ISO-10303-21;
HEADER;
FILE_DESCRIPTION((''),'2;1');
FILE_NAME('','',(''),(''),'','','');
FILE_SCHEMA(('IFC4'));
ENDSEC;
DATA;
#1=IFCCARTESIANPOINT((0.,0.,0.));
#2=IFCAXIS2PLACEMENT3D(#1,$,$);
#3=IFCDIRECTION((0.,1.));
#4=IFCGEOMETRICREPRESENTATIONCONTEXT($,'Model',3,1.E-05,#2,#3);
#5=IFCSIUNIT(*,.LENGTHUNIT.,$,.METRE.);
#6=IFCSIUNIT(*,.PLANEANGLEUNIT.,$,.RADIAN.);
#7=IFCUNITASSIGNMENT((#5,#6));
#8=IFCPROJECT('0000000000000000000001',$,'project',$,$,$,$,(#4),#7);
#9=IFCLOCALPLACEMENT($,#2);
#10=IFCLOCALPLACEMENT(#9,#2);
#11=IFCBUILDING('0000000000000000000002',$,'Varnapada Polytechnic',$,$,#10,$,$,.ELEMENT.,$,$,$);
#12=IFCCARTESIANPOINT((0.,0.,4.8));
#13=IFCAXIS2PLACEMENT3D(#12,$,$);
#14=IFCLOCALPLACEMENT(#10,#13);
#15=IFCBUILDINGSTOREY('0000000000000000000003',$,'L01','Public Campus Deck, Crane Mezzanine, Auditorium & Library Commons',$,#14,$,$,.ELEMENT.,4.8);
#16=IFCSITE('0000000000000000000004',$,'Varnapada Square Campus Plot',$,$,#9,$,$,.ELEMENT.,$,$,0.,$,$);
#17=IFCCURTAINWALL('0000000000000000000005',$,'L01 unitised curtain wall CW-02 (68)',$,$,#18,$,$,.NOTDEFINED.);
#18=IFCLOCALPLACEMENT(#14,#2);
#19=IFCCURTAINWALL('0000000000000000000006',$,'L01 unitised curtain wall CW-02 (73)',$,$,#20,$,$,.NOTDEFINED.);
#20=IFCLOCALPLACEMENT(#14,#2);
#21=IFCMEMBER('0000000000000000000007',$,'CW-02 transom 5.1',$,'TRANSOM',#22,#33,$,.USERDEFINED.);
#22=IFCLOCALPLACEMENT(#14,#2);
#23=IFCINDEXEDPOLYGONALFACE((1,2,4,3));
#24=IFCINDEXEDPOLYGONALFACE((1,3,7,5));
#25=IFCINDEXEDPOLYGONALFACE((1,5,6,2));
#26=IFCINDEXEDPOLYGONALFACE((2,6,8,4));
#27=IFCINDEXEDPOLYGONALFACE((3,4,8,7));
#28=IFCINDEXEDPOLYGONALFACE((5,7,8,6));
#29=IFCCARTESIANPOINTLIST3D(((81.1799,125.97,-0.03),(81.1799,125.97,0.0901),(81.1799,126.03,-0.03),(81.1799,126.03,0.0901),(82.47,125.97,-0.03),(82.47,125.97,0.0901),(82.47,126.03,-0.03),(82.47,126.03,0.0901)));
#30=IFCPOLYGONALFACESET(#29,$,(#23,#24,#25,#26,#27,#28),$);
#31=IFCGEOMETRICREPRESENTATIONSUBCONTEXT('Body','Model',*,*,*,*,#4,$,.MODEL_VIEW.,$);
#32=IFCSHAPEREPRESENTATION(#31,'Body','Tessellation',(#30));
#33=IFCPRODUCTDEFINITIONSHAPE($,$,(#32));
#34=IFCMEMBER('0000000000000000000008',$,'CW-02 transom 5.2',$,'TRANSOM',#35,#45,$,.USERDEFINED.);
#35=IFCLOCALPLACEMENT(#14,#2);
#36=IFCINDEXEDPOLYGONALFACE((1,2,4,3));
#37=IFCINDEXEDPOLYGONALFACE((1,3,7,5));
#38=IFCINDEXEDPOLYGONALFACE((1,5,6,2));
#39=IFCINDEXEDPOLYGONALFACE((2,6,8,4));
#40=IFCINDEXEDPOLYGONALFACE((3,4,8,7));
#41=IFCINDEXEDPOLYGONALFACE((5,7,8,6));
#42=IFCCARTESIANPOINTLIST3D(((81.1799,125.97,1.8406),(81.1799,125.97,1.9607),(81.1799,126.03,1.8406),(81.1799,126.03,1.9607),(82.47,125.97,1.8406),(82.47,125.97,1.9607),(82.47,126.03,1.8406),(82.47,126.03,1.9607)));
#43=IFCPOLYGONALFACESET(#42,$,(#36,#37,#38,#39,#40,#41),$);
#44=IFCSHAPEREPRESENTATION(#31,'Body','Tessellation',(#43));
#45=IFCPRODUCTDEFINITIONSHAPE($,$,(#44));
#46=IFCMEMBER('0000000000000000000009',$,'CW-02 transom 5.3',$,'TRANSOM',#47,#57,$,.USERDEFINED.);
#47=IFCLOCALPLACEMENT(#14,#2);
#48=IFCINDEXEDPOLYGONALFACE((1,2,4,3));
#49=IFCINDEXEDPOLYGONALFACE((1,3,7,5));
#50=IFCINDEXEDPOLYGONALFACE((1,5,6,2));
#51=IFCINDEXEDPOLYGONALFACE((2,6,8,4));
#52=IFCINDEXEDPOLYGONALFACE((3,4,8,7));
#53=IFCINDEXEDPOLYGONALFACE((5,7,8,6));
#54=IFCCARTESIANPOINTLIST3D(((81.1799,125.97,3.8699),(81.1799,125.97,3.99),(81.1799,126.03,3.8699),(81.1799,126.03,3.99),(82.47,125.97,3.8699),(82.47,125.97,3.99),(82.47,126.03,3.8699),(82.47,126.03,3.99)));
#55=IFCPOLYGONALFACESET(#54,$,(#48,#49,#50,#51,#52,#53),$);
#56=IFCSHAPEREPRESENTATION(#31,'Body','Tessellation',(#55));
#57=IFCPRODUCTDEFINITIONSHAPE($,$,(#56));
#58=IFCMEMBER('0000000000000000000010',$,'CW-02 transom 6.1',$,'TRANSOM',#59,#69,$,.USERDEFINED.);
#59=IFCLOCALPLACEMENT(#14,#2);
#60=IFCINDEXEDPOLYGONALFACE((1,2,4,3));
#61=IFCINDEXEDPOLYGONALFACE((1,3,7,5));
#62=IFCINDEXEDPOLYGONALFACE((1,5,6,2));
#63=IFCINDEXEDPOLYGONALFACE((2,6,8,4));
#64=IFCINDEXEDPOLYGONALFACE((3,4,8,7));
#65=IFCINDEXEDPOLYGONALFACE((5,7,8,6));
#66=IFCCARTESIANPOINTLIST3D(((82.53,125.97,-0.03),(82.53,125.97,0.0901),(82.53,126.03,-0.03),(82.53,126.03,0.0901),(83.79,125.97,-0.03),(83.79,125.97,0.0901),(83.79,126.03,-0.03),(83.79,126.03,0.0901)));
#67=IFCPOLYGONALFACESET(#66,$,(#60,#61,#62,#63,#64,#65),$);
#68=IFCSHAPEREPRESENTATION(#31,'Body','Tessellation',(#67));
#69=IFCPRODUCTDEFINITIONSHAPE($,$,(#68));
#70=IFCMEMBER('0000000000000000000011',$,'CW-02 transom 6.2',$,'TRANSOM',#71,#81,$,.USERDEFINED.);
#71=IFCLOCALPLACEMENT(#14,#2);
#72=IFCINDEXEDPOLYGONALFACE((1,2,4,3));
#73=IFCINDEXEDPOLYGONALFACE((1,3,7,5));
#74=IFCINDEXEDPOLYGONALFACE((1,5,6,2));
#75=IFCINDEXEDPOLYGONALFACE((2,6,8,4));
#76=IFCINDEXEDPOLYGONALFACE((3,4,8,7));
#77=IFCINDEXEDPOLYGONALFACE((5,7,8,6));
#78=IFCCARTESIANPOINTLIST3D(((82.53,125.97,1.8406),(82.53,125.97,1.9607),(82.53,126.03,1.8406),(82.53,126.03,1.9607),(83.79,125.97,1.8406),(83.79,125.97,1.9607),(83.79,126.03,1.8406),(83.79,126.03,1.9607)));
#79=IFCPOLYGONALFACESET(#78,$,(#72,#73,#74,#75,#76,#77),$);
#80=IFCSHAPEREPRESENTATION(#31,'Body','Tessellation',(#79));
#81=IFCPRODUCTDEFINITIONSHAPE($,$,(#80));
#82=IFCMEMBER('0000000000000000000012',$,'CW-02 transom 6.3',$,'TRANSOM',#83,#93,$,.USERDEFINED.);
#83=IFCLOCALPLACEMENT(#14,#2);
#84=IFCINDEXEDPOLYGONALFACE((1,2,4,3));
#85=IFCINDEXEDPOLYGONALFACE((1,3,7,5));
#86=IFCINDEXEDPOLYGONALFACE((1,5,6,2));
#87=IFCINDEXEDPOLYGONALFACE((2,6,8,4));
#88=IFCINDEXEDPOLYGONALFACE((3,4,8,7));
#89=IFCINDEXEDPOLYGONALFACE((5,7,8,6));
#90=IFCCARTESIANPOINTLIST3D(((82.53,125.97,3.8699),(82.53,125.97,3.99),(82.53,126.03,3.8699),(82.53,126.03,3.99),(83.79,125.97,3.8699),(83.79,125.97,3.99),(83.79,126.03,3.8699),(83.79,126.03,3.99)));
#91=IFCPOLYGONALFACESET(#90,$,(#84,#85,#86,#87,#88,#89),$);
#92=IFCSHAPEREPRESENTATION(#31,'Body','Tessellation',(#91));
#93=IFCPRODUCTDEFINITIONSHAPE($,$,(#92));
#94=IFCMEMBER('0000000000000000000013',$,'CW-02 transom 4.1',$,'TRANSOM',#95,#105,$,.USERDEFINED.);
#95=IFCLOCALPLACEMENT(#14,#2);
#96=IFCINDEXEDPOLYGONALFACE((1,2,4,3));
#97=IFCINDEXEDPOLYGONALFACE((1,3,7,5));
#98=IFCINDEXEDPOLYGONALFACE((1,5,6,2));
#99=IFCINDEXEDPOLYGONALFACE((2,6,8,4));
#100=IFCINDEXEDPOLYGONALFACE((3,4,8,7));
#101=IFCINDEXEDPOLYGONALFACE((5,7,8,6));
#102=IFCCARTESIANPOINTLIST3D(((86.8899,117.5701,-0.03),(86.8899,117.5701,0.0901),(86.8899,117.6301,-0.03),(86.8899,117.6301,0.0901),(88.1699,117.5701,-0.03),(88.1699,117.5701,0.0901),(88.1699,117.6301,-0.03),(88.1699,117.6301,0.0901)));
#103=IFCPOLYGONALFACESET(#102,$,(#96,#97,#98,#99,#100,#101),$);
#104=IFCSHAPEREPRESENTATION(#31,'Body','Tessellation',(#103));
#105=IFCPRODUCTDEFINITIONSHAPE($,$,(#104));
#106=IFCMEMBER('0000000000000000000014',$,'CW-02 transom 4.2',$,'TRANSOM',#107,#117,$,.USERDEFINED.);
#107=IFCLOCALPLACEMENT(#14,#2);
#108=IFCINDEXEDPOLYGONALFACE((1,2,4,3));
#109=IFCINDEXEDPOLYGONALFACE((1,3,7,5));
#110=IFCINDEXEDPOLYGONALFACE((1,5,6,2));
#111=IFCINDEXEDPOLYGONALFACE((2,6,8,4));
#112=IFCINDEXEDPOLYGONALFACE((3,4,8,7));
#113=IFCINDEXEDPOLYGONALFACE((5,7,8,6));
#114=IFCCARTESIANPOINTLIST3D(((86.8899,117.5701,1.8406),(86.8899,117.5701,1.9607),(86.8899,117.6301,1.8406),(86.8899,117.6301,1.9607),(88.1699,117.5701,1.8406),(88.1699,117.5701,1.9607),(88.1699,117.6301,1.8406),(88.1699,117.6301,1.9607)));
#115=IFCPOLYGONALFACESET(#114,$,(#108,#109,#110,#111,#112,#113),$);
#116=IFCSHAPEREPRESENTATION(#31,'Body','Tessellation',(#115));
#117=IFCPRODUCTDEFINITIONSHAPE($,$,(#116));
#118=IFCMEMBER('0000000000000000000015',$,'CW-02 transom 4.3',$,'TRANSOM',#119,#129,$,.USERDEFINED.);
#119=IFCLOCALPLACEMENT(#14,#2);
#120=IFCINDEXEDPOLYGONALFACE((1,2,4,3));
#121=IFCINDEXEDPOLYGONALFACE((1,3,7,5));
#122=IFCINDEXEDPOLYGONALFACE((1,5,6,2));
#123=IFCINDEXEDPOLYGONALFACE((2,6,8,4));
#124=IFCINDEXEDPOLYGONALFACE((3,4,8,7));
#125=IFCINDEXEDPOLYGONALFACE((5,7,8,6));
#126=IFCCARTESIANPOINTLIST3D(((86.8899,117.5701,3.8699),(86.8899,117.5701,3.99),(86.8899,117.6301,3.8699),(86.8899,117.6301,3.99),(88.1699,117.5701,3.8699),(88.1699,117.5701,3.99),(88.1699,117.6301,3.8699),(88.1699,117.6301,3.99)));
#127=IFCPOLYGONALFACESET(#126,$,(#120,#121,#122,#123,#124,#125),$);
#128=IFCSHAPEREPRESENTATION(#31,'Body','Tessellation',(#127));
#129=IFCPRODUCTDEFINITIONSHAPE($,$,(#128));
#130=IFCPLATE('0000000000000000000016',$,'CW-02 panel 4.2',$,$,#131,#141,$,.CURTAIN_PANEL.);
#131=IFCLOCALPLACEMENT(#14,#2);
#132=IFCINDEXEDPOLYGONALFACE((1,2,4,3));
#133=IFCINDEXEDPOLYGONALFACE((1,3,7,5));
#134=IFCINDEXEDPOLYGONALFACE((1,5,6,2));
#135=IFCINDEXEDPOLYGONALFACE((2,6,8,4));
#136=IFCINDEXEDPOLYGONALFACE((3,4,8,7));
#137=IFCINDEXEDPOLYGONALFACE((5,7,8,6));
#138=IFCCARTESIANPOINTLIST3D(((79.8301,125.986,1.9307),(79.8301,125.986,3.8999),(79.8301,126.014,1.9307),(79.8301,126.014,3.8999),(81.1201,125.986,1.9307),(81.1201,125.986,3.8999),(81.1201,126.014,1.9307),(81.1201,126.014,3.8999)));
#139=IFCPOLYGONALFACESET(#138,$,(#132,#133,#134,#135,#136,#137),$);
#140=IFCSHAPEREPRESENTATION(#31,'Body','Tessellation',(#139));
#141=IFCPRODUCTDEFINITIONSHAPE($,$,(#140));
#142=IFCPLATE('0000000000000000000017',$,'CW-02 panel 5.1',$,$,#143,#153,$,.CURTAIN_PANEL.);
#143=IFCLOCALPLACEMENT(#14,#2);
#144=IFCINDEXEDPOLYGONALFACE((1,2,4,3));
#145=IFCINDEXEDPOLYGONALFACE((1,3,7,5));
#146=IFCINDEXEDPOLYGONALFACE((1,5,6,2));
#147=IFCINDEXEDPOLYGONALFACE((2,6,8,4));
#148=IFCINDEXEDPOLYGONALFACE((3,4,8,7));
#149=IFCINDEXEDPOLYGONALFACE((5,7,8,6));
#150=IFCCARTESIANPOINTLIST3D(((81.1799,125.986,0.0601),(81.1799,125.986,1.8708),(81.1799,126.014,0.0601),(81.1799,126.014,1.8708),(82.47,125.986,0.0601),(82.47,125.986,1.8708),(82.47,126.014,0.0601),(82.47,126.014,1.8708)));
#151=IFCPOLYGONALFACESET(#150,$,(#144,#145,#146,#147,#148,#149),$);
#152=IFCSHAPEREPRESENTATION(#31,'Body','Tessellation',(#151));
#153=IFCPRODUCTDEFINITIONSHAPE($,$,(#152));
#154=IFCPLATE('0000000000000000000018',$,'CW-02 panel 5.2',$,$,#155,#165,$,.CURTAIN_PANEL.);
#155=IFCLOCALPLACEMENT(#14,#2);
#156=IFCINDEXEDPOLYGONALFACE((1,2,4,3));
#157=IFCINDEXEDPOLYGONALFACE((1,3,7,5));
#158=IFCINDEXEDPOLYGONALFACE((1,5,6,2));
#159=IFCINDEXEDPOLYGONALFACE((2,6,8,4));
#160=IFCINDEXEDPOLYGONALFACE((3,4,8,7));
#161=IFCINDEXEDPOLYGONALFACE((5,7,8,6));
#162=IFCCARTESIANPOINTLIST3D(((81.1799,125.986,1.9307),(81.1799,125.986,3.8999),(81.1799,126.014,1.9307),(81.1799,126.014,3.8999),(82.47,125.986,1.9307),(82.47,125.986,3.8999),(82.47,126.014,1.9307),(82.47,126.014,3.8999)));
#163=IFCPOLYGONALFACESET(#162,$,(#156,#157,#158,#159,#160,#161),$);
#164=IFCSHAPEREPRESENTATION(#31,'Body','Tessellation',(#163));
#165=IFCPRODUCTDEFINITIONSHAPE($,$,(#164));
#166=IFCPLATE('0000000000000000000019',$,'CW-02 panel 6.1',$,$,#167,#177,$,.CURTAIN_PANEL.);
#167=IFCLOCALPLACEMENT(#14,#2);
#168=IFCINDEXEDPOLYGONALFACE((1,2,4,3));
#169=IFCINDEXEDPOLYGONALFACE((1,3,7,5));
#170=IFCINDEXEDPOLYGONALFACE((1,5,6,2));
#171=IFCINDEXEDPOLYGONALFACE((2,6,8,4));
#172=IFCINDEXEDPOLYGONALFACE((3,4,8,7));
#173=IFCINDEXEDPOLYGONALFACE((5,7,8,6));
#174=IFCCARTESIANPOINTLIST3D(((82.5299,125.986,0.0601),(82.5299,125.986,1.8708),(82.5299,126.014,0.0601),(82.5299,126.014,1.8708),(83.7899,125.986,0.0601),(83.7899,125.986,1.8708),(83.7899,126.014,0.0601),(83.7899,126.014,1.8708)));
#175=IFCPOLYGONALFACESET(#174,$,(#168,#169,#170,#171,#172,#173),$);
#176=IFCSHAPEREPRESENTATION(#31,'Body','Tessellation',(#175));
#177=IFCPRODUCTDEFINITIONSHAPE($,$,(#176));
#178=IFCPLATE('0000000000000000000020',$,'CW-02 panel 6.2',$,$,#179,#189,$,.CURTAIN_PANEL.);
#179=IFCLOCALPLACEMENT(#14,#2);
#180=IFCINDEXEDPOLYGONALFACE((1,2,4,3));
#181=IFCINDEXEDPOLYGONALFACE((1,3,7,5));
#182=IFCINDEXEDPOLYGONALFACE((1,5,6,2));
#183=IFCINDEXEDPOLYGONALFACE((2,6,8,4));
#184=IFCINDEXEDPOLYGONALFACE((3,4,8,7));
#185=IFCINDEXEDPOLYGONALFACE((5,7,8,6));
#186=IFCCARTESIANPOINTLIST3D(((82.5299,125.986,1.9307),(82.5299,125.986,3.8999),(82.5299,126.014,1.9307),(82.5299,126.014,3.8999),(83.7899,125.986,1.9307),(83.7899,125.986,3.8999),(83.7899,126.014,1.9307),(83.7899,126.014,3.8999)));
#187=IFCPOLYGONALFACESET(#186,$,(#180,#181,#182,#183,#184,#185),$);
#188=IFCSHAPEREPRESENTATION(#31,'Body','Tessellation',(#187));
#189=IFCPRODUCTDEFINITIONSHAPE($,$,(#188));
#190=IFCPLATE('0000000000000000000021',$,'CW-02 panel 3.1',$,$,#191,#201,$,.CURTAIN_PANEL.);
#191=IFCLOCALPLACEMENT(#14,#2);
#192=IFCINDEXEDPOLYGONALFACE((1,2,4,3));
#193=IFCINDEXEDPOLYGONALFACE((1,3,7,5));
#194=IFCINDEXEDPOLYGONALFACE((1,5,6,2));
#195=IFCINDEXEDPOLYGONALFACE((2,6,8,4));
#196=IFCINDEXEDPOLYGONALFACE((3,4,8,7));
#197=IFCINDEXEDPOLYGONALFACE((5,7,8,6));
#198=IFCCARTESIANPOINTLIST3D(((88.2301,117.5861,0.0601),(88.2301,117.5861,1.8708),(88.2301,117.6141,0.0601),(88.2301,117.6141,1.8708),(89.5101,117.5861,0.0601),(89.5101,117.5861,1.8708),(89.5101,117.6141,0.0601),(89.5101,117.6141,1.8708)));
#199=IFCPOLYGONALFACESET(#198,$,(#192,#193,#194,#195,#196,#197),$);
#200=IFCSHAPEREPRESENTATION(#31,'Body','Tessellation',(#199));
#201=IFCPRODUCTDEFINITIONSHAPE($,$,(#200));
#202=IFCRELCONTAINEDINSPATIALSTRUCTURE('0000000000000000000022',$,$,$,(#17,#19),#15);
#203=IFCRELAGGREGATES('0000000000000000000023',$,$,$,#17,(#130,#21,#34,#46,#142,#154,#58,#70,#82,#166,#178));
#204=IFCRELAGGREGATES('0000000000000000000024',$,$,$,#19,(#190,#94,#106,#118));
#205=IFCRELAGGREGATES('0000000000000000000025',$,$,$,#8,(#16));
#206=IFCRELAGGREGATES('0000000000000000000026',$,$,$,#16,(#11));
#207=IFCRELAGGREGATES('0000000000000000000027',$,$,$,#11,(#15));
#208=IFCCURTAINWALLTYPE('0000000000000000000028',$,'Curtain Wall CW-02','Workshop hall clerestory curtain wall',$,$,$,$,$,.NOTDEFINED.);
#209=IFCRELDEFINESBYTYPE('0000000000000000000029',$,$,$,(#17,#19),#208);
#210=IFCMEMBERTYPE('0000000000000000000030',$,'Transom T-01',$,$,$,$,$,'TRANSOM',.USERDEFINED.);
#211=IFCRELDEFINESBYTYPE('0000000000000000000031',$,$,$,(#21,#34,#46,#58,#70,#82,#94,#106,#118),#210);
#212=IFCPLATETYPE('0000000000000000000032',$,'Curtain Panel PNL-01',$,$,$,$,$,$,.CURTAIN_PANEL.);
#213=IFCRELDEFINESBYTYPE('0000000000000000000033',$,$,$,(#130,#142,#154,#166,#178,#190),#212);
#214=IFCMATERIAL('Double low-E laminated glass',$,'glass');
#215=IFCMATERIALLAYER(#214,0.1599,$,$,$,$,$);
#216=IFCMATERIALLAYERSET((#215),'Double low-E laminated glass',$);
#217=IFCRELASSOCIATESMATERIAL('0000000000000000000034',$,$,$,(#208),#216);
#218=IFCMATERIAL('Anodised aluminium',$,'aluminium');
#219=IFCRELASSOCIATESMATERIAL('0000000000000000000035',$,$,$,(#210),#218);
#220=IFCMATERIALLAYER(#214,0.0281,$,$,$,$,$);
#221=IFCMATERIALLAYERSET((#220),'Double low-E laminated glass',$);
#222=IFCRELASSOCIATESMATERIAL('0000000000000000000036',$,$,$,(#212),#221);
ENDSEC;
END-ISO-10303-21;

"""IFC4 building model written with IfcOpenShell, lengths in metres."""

from ifc_helpers import new_model, si_unit, direction, frame, origin, origin_2d, place, context, subcontext, project, spatial, rectangle, extrude, material, layer, layer_set, material_profile, profile_set, type_object, element, aggregate, save


model = new_model("IFC4")

# Units and contexts
model_context = context("Model", 3, precision=1e-05, world=origin(), true_north=direction((0.0, 1.0)))
body_context = subcontext(model_context, "Body", "Model", "MODEL_VIEW")
ifc_project = project(units=[si_unit("LENGTHUNIT", "METRE"), si_unit("PLANEANGLEUNIT", "RADIAN")], contexts=[model_context])

# Site, building, storey
site_placement = place(None, origin())
site = spatial("IfcSite", under=ifc_project, at=site_placement, Name="Varnapada Square Campus Plot", CompositionType="ELEMENT", RefElevation=0.0)
building_placement = place(site_placement, origin())
building = spatial("IfcBuilding", under=site, at=building_placement, Name="Varnapada Polytechnic", CompositionType="ELEMENT")
storey_placement = place(building_placement, frame((0.0, 0.0, 4.8)))
storey = spatial("IfcBuildingStorey", under=building, at=storey_placement, Name="L01", Description="Public Campus Deck, Crane Mezzanine, Auditorium & Library Commons", CompositionType="ELEMENT", Elevation=4.8)

# Curtain wall
ifc_material_1 = material(Name="Double low-E laminated glass", Category="glass")
ifc_layer_1 = layer(ifc_material_1, 0.1599)
ifc_layer_set_1 = layer_set([ifc_layer_1], Name="Double low-E laminated glass")
curtain_wall_type = type_object("IfcCurtainWallType", Name="Curtain Wall CW-02", Description="Workshop hall clerestory curtain wall", PredefinedType="NOTDEFINED", material=ifc_layer_set_1)
curtain_wall_1_placement = place(storey_placement, origin())
curtain_wall_1 = element("IfcCurtainWall", 1, at=curtain_wall_1_placement, inside=storey, type_object=curtain_wall_type, Name="L01 unitised curtain wall CW-02 (68)", PredefinedType="NOTDEFINED")
ifc_material_2 = material(Name="Anodised aluminium", Category="aluminium")

# Curtain wall
curtain_wall_2_placement = place(storey_placement, origin())
curtain_wall_2 = element("IfcCurtainWall", 2, at=curtain_wall_2_placement, inside=storey, type_object=curtain_wall_type, Name="L01 unitised curtain wall CW-02 (73)", PredefinedType="NOTDEFINED")

# Members
ifc_material_profile_1 = material_profile(ifc_material_2, rectangle(XDim=0.0601, YDim=0.1201, at=origin_2d()), Name="ALU T60x120")
ifc_profile_set_1 = profile_set([ifc_material_profile_1], Name="Anodised aluminium")
member_type_1 = type_object("IfcMemberType", Name="Transom T-01", ElementType="TRANSOM", PredefinedType="USERDEFINED", material=ifc_profile_set_1)
member_1_placement = place(storey_placement, frame((81.1799, 126.0, 0.03), z_axis=(1.0, 0.0, 0.0), x_axis=(0.0, 1.0, 0.0)))
member_1 = element("IfcMember", 3, at=member_1_placement, type_object=member_type_1, Name="CW-02 transom 5.1", ObjectType="TRANSOM", PredefinedType="USERDEFINED", context=body_context, shape_type="SweptSolid", body=[
    extrude(rectangle(XDim=0.0601, YDim=0.1201, at=origin_2d()), origin(), (0.0, 0.0, 1.0), 1.29),
])
member_2_placement = place(storey_placement, frame((81.1799, 126.0, 1.9006), z_axis=(1.0, 0.0, 0.0), x_axis=(0.0, 1.0, 0.0)))
member_2 = element("IfcMember", 4, at=member_2_placement, type_object=member_type_1, Name="CW-02 transom 5.2", ObjectType="TRANSOM", PredefinedType="USERDEFINED", context=body_context, shape_type="SweptSolid", body=[
    extrude(rectangle(XDim=0.0601, YDim=0.1201, at=origin_2d()), origin(), (0.0, 0.0, 1.0), 1.29),
])
member_3_placement = place(storey_placement, frame((81.1799, 126.0, 3.9299), z_axis=(1.0, 0.0, 0.0), x_axis=(0.0, 1.0, 0.0)))
member_3 = element("IfcMember", 5, at=member_3_placement, type_object=member_type_1, Name="CW-02 transom 5.3", ObjectType="TRANSOM", PredefinedType="USERDEFINED", context=body_context, shape_type="SweptSolid", body=[
    extrude(rectangle(XDim=0.0601, YDim=0.1201, at=origin_2d()), origin(), (0.0, 0.0, 1.0), 1.29),
])
member_4_placement = place(storey_placement, frame((82.53, 126.0, 0.03), z_axis=(1.0, 0.0, 0.0), x_axis=(0.0, 1.0, 0.0)))
member_4 = element("IfcMember", 6, at=member_4_placement, type_object=member_type_1, Name="CW-02 transom 6.1", ObjectType="TRANSOM", PredefinedType="USERDEFINED", context=body_context, shape_type="SweptSolid", body=[
    extrude(rectangle(XDim=0.0601, YDim=0.1201, at=origin_2d()), origin(), (0.0, 0.0, 1.0), 1.26),
])
member_5_placement = place(storey_placement, frame((82.53, 126.0, 1.9006), z_axis=(1.0, 0.0, 0.0), x_axis=(0.0, 1.0, 0.0)))
member_5 = element("IfcMember", 7, at=member_5_placement, type_object=member_type_1, Name="CW-02 transom 6.2", ObjectType="TRANSOM", PredefinedType="USERDEFINED", context=body_context, shape_type="SweptSolid", body=[
    extrude(rectangle(XDim=0.0601, YDim=0.1201, at=origin_2d()), origin(), (0.0, 0.0, 1.0), 1.26),
])
member_6_placement = place(storey_placement, frame((82.53, 126.0, 3.9299), z_axis=(1.0, 0.0, 0.0), x_axis=(0.0, 1.0, 0.0)))
member_6 = element("IfcMember", 8, at=member_6_placement, type_object=member_type_1, Name="CW-02 transom 6.3", ObjectType="TRANSOM", PredefinedType="USERDEFINED", context=body_context, shape_type="SweptSolid", body=[
    extrude(rectangle(XDim=0.0601, YDim=0.1201, at=origin_2d()), origin(), (0.0, 0.0, 1.0), 1.26),
])
member_7_placement = place(storey_placement, frame((88.1699, 117.6001, 0.03), z_axis=(-1.0, 0.0, 0.0), x_axis=(0.0, -1.0, 0.0)))
member_7 = element("IfcMember", 9, at=member_7_placement, type_object=member_type_1, Name="CW-02 transom 4.1", ObjectType="TRANSOM", PredefinedType="USERDEFINED", context=body_context, shape_type="SweptSolid", body=[
    extrude(rectangle(XDim=0.0601, YDim=0.1201, at=origin_2d()), origin(), (0.0, 0.0, 1.0), 1.28),
])
member_8_placement = place(storey_placement, frame((88.1699, 117.6001, 1.9006), z_axis=(-1.0, 0.0, 0.0), x_axis=(0.0, -1.0, 0.0)))
member_8 = element("IfcMember", 10, at=member_8_placement, type_object=member_type_1, Name="CW-02 transom 4.2", ObjectType="TRANSOM", PredefinedType="USERDEFINED", context=body_context, shape_type="SweptSolid", body=[
    extrude(rectangle(XDim=0.0601, YDim=0.1201, at=origin_2d()), origin(), (0.0, 0.0, 1.0), 1.28),
])
member_9_placement = place(storey_placement, frame((88.1699, 117.6001, 3.9299), z_axis=(-1.0, 0.0, 0.0), x_axis=(0.0, -1.0, 0.0)))
member_9 = element("IfcMember", 11, at=member_9_placement, type_object=member_type_1, Name="CW-02 transom 4.3", ObjectType="TRANSOM", PredefinedType="USERDEFINED", context=body_context, shape_type="SweptSolid", body=[
    extrude(rectangle(XDim=0.0601, YDim=0.1201, at=origin_2d()), origin(), (0.0, 0.0, 1.0), 1.28),
])

# Plates
ifc_layer_2 = layer(ifc_material_1, 0.0281)
ifc_layer_set_2 = layer_set([ifc_layer_2], Name="Double low-E laminated glass")
plate_type_1 = type_object("IfcPlateType", Name="Curtain Panel PNL-01", PredefinedType="CURTAIN_PANEL", material=ifc_layer_set_2)
plate_1_placement = place(storey_placement, frame((80.4751, 126.0, 1.9307), z_axis=(0.0, 0.0, 1.0), x_axis=(1.0, 0.0, 0.0)))
plate_1 = element("IfcPlate", 12, at=plate_1_placement, type_object=plate_type_1, Name="CW-02 panel 4.2", PredefinedType="CURTAIN_PANEL", context=body_context, shape_type="SweptSolid", body=[
    extrude(rectangle(XDim=1.29, YDim=0.0281, at=origin_2d()), origin(), (0.0, 0.0, 1.0), 1.9692),
])
plate_2_placement = place(storey_placement, frame((81.825, 126.0, 0.0601), z_axis=(0.0, 0.0, 1.0), x_axis=(1.0, 0.0, 0.0)))
plate_2 = element("IfcPlate", 13, at=plate_2_placement, type_object=plate_type_1, Name="CW-02 panel 5.1", PredefinedType="CURTAIN_PANEL", context=body_context, shape_type="SweptSolid", body=[
    extrude(rectangle(XDim=1.29, YDim=0.0281, at=origin_2d()), origin(), (0.0, 0.0, 1.0), 1.8108),
])
plate_3_placement = place(storey_placement, frame((81.825, 126.0, 1.9307), z_axis=(0.0, 0.0, 1.0), x_axis=(1.0, 0.0, 0.0)))
plate_3 = element("IfcPlate", 14, at=plate_3_placement, type_object=plate_type_1, Name="CW-02 panel 5.2", PredefinedType="CURTAIN_PANEL", context=body_context, shape_type="SweptSolid", body=[
    extrude(rectangle(XDim=1.29, YDim=0.0281, at=origin_2d()), origin(), (0.0, 0.0, 1.0), 1.9692),
])
plate_4_placement = place(storey_placement, frame((83.1599, 126.0, 0.0601), z_axis=(0.0, 0.0, 1.0), x_axis=(1.0, 0.0, 0.0)))
plate_4 = element("IfcPlate", 15, at=plate_4_placement, type_object=plate_type_1, Name="CW-02 panel 6.1", PredefinedType="CURTAIN_PANEL", context=body_context, shape_type="SweptSolid", body=[
    extrude(rectangle(XDim=1.26, YDim=0.0281, at=origin_2d()), origin(), (0.0, 0.0, 1.0), 1.8108),
])
plate_5_placement = place(storey_placement, frame((83.1599, 126.0, 1.9307), z_axis=(0.0, 0.0, 1.0), x_axis=(1.0, 0.0, 0.0)))
plate_5 = element("IfcPlate", 16, at=plate_5_placement, type_object=plate_type_1, Name="CW-02 panel 6.2", PredefinedType="CURTAIN_PANEL", context=body_context, shape_type="SweptSolid", body=[
    extrude(rectangle(XDim=1.26, YDim=0.0281, at=origin_2d()), origin(), (0.0, 0.0, 1.0), 1.9692),
])
aggregate(curtain_wall_1, [plate_1, member_1, member_2, member_3, plate_2, plate_3, member_4, member_5, member_6, plate_4, plate_5])
plate_6_placement = place(storey_placement, frame((88.8701, 117.6001, 0.0601), z_axis=(0.0, 0.0, 1.0), x_axis=(-1.0, 0.0, 0.0)))
plate_6 = element("IfcPlate", 17, at=plate_6_placement, type_object=plate_type_1, Name="CW-02 panel 3.1", PredefinedType="CURTAIN_PANEL", context=body_context, shape_type="SweptSolid", body=[
    extrude(rectangle(XDim=1.28, YDim=0.0281, at=origin_2d()), origin(), (0.0, 0.0, 1.0), 1.8108),
])
aggregate(curtain_wall_2, [plate_6, member_7, member_8, member_9])

save(model, "model.ifc")
